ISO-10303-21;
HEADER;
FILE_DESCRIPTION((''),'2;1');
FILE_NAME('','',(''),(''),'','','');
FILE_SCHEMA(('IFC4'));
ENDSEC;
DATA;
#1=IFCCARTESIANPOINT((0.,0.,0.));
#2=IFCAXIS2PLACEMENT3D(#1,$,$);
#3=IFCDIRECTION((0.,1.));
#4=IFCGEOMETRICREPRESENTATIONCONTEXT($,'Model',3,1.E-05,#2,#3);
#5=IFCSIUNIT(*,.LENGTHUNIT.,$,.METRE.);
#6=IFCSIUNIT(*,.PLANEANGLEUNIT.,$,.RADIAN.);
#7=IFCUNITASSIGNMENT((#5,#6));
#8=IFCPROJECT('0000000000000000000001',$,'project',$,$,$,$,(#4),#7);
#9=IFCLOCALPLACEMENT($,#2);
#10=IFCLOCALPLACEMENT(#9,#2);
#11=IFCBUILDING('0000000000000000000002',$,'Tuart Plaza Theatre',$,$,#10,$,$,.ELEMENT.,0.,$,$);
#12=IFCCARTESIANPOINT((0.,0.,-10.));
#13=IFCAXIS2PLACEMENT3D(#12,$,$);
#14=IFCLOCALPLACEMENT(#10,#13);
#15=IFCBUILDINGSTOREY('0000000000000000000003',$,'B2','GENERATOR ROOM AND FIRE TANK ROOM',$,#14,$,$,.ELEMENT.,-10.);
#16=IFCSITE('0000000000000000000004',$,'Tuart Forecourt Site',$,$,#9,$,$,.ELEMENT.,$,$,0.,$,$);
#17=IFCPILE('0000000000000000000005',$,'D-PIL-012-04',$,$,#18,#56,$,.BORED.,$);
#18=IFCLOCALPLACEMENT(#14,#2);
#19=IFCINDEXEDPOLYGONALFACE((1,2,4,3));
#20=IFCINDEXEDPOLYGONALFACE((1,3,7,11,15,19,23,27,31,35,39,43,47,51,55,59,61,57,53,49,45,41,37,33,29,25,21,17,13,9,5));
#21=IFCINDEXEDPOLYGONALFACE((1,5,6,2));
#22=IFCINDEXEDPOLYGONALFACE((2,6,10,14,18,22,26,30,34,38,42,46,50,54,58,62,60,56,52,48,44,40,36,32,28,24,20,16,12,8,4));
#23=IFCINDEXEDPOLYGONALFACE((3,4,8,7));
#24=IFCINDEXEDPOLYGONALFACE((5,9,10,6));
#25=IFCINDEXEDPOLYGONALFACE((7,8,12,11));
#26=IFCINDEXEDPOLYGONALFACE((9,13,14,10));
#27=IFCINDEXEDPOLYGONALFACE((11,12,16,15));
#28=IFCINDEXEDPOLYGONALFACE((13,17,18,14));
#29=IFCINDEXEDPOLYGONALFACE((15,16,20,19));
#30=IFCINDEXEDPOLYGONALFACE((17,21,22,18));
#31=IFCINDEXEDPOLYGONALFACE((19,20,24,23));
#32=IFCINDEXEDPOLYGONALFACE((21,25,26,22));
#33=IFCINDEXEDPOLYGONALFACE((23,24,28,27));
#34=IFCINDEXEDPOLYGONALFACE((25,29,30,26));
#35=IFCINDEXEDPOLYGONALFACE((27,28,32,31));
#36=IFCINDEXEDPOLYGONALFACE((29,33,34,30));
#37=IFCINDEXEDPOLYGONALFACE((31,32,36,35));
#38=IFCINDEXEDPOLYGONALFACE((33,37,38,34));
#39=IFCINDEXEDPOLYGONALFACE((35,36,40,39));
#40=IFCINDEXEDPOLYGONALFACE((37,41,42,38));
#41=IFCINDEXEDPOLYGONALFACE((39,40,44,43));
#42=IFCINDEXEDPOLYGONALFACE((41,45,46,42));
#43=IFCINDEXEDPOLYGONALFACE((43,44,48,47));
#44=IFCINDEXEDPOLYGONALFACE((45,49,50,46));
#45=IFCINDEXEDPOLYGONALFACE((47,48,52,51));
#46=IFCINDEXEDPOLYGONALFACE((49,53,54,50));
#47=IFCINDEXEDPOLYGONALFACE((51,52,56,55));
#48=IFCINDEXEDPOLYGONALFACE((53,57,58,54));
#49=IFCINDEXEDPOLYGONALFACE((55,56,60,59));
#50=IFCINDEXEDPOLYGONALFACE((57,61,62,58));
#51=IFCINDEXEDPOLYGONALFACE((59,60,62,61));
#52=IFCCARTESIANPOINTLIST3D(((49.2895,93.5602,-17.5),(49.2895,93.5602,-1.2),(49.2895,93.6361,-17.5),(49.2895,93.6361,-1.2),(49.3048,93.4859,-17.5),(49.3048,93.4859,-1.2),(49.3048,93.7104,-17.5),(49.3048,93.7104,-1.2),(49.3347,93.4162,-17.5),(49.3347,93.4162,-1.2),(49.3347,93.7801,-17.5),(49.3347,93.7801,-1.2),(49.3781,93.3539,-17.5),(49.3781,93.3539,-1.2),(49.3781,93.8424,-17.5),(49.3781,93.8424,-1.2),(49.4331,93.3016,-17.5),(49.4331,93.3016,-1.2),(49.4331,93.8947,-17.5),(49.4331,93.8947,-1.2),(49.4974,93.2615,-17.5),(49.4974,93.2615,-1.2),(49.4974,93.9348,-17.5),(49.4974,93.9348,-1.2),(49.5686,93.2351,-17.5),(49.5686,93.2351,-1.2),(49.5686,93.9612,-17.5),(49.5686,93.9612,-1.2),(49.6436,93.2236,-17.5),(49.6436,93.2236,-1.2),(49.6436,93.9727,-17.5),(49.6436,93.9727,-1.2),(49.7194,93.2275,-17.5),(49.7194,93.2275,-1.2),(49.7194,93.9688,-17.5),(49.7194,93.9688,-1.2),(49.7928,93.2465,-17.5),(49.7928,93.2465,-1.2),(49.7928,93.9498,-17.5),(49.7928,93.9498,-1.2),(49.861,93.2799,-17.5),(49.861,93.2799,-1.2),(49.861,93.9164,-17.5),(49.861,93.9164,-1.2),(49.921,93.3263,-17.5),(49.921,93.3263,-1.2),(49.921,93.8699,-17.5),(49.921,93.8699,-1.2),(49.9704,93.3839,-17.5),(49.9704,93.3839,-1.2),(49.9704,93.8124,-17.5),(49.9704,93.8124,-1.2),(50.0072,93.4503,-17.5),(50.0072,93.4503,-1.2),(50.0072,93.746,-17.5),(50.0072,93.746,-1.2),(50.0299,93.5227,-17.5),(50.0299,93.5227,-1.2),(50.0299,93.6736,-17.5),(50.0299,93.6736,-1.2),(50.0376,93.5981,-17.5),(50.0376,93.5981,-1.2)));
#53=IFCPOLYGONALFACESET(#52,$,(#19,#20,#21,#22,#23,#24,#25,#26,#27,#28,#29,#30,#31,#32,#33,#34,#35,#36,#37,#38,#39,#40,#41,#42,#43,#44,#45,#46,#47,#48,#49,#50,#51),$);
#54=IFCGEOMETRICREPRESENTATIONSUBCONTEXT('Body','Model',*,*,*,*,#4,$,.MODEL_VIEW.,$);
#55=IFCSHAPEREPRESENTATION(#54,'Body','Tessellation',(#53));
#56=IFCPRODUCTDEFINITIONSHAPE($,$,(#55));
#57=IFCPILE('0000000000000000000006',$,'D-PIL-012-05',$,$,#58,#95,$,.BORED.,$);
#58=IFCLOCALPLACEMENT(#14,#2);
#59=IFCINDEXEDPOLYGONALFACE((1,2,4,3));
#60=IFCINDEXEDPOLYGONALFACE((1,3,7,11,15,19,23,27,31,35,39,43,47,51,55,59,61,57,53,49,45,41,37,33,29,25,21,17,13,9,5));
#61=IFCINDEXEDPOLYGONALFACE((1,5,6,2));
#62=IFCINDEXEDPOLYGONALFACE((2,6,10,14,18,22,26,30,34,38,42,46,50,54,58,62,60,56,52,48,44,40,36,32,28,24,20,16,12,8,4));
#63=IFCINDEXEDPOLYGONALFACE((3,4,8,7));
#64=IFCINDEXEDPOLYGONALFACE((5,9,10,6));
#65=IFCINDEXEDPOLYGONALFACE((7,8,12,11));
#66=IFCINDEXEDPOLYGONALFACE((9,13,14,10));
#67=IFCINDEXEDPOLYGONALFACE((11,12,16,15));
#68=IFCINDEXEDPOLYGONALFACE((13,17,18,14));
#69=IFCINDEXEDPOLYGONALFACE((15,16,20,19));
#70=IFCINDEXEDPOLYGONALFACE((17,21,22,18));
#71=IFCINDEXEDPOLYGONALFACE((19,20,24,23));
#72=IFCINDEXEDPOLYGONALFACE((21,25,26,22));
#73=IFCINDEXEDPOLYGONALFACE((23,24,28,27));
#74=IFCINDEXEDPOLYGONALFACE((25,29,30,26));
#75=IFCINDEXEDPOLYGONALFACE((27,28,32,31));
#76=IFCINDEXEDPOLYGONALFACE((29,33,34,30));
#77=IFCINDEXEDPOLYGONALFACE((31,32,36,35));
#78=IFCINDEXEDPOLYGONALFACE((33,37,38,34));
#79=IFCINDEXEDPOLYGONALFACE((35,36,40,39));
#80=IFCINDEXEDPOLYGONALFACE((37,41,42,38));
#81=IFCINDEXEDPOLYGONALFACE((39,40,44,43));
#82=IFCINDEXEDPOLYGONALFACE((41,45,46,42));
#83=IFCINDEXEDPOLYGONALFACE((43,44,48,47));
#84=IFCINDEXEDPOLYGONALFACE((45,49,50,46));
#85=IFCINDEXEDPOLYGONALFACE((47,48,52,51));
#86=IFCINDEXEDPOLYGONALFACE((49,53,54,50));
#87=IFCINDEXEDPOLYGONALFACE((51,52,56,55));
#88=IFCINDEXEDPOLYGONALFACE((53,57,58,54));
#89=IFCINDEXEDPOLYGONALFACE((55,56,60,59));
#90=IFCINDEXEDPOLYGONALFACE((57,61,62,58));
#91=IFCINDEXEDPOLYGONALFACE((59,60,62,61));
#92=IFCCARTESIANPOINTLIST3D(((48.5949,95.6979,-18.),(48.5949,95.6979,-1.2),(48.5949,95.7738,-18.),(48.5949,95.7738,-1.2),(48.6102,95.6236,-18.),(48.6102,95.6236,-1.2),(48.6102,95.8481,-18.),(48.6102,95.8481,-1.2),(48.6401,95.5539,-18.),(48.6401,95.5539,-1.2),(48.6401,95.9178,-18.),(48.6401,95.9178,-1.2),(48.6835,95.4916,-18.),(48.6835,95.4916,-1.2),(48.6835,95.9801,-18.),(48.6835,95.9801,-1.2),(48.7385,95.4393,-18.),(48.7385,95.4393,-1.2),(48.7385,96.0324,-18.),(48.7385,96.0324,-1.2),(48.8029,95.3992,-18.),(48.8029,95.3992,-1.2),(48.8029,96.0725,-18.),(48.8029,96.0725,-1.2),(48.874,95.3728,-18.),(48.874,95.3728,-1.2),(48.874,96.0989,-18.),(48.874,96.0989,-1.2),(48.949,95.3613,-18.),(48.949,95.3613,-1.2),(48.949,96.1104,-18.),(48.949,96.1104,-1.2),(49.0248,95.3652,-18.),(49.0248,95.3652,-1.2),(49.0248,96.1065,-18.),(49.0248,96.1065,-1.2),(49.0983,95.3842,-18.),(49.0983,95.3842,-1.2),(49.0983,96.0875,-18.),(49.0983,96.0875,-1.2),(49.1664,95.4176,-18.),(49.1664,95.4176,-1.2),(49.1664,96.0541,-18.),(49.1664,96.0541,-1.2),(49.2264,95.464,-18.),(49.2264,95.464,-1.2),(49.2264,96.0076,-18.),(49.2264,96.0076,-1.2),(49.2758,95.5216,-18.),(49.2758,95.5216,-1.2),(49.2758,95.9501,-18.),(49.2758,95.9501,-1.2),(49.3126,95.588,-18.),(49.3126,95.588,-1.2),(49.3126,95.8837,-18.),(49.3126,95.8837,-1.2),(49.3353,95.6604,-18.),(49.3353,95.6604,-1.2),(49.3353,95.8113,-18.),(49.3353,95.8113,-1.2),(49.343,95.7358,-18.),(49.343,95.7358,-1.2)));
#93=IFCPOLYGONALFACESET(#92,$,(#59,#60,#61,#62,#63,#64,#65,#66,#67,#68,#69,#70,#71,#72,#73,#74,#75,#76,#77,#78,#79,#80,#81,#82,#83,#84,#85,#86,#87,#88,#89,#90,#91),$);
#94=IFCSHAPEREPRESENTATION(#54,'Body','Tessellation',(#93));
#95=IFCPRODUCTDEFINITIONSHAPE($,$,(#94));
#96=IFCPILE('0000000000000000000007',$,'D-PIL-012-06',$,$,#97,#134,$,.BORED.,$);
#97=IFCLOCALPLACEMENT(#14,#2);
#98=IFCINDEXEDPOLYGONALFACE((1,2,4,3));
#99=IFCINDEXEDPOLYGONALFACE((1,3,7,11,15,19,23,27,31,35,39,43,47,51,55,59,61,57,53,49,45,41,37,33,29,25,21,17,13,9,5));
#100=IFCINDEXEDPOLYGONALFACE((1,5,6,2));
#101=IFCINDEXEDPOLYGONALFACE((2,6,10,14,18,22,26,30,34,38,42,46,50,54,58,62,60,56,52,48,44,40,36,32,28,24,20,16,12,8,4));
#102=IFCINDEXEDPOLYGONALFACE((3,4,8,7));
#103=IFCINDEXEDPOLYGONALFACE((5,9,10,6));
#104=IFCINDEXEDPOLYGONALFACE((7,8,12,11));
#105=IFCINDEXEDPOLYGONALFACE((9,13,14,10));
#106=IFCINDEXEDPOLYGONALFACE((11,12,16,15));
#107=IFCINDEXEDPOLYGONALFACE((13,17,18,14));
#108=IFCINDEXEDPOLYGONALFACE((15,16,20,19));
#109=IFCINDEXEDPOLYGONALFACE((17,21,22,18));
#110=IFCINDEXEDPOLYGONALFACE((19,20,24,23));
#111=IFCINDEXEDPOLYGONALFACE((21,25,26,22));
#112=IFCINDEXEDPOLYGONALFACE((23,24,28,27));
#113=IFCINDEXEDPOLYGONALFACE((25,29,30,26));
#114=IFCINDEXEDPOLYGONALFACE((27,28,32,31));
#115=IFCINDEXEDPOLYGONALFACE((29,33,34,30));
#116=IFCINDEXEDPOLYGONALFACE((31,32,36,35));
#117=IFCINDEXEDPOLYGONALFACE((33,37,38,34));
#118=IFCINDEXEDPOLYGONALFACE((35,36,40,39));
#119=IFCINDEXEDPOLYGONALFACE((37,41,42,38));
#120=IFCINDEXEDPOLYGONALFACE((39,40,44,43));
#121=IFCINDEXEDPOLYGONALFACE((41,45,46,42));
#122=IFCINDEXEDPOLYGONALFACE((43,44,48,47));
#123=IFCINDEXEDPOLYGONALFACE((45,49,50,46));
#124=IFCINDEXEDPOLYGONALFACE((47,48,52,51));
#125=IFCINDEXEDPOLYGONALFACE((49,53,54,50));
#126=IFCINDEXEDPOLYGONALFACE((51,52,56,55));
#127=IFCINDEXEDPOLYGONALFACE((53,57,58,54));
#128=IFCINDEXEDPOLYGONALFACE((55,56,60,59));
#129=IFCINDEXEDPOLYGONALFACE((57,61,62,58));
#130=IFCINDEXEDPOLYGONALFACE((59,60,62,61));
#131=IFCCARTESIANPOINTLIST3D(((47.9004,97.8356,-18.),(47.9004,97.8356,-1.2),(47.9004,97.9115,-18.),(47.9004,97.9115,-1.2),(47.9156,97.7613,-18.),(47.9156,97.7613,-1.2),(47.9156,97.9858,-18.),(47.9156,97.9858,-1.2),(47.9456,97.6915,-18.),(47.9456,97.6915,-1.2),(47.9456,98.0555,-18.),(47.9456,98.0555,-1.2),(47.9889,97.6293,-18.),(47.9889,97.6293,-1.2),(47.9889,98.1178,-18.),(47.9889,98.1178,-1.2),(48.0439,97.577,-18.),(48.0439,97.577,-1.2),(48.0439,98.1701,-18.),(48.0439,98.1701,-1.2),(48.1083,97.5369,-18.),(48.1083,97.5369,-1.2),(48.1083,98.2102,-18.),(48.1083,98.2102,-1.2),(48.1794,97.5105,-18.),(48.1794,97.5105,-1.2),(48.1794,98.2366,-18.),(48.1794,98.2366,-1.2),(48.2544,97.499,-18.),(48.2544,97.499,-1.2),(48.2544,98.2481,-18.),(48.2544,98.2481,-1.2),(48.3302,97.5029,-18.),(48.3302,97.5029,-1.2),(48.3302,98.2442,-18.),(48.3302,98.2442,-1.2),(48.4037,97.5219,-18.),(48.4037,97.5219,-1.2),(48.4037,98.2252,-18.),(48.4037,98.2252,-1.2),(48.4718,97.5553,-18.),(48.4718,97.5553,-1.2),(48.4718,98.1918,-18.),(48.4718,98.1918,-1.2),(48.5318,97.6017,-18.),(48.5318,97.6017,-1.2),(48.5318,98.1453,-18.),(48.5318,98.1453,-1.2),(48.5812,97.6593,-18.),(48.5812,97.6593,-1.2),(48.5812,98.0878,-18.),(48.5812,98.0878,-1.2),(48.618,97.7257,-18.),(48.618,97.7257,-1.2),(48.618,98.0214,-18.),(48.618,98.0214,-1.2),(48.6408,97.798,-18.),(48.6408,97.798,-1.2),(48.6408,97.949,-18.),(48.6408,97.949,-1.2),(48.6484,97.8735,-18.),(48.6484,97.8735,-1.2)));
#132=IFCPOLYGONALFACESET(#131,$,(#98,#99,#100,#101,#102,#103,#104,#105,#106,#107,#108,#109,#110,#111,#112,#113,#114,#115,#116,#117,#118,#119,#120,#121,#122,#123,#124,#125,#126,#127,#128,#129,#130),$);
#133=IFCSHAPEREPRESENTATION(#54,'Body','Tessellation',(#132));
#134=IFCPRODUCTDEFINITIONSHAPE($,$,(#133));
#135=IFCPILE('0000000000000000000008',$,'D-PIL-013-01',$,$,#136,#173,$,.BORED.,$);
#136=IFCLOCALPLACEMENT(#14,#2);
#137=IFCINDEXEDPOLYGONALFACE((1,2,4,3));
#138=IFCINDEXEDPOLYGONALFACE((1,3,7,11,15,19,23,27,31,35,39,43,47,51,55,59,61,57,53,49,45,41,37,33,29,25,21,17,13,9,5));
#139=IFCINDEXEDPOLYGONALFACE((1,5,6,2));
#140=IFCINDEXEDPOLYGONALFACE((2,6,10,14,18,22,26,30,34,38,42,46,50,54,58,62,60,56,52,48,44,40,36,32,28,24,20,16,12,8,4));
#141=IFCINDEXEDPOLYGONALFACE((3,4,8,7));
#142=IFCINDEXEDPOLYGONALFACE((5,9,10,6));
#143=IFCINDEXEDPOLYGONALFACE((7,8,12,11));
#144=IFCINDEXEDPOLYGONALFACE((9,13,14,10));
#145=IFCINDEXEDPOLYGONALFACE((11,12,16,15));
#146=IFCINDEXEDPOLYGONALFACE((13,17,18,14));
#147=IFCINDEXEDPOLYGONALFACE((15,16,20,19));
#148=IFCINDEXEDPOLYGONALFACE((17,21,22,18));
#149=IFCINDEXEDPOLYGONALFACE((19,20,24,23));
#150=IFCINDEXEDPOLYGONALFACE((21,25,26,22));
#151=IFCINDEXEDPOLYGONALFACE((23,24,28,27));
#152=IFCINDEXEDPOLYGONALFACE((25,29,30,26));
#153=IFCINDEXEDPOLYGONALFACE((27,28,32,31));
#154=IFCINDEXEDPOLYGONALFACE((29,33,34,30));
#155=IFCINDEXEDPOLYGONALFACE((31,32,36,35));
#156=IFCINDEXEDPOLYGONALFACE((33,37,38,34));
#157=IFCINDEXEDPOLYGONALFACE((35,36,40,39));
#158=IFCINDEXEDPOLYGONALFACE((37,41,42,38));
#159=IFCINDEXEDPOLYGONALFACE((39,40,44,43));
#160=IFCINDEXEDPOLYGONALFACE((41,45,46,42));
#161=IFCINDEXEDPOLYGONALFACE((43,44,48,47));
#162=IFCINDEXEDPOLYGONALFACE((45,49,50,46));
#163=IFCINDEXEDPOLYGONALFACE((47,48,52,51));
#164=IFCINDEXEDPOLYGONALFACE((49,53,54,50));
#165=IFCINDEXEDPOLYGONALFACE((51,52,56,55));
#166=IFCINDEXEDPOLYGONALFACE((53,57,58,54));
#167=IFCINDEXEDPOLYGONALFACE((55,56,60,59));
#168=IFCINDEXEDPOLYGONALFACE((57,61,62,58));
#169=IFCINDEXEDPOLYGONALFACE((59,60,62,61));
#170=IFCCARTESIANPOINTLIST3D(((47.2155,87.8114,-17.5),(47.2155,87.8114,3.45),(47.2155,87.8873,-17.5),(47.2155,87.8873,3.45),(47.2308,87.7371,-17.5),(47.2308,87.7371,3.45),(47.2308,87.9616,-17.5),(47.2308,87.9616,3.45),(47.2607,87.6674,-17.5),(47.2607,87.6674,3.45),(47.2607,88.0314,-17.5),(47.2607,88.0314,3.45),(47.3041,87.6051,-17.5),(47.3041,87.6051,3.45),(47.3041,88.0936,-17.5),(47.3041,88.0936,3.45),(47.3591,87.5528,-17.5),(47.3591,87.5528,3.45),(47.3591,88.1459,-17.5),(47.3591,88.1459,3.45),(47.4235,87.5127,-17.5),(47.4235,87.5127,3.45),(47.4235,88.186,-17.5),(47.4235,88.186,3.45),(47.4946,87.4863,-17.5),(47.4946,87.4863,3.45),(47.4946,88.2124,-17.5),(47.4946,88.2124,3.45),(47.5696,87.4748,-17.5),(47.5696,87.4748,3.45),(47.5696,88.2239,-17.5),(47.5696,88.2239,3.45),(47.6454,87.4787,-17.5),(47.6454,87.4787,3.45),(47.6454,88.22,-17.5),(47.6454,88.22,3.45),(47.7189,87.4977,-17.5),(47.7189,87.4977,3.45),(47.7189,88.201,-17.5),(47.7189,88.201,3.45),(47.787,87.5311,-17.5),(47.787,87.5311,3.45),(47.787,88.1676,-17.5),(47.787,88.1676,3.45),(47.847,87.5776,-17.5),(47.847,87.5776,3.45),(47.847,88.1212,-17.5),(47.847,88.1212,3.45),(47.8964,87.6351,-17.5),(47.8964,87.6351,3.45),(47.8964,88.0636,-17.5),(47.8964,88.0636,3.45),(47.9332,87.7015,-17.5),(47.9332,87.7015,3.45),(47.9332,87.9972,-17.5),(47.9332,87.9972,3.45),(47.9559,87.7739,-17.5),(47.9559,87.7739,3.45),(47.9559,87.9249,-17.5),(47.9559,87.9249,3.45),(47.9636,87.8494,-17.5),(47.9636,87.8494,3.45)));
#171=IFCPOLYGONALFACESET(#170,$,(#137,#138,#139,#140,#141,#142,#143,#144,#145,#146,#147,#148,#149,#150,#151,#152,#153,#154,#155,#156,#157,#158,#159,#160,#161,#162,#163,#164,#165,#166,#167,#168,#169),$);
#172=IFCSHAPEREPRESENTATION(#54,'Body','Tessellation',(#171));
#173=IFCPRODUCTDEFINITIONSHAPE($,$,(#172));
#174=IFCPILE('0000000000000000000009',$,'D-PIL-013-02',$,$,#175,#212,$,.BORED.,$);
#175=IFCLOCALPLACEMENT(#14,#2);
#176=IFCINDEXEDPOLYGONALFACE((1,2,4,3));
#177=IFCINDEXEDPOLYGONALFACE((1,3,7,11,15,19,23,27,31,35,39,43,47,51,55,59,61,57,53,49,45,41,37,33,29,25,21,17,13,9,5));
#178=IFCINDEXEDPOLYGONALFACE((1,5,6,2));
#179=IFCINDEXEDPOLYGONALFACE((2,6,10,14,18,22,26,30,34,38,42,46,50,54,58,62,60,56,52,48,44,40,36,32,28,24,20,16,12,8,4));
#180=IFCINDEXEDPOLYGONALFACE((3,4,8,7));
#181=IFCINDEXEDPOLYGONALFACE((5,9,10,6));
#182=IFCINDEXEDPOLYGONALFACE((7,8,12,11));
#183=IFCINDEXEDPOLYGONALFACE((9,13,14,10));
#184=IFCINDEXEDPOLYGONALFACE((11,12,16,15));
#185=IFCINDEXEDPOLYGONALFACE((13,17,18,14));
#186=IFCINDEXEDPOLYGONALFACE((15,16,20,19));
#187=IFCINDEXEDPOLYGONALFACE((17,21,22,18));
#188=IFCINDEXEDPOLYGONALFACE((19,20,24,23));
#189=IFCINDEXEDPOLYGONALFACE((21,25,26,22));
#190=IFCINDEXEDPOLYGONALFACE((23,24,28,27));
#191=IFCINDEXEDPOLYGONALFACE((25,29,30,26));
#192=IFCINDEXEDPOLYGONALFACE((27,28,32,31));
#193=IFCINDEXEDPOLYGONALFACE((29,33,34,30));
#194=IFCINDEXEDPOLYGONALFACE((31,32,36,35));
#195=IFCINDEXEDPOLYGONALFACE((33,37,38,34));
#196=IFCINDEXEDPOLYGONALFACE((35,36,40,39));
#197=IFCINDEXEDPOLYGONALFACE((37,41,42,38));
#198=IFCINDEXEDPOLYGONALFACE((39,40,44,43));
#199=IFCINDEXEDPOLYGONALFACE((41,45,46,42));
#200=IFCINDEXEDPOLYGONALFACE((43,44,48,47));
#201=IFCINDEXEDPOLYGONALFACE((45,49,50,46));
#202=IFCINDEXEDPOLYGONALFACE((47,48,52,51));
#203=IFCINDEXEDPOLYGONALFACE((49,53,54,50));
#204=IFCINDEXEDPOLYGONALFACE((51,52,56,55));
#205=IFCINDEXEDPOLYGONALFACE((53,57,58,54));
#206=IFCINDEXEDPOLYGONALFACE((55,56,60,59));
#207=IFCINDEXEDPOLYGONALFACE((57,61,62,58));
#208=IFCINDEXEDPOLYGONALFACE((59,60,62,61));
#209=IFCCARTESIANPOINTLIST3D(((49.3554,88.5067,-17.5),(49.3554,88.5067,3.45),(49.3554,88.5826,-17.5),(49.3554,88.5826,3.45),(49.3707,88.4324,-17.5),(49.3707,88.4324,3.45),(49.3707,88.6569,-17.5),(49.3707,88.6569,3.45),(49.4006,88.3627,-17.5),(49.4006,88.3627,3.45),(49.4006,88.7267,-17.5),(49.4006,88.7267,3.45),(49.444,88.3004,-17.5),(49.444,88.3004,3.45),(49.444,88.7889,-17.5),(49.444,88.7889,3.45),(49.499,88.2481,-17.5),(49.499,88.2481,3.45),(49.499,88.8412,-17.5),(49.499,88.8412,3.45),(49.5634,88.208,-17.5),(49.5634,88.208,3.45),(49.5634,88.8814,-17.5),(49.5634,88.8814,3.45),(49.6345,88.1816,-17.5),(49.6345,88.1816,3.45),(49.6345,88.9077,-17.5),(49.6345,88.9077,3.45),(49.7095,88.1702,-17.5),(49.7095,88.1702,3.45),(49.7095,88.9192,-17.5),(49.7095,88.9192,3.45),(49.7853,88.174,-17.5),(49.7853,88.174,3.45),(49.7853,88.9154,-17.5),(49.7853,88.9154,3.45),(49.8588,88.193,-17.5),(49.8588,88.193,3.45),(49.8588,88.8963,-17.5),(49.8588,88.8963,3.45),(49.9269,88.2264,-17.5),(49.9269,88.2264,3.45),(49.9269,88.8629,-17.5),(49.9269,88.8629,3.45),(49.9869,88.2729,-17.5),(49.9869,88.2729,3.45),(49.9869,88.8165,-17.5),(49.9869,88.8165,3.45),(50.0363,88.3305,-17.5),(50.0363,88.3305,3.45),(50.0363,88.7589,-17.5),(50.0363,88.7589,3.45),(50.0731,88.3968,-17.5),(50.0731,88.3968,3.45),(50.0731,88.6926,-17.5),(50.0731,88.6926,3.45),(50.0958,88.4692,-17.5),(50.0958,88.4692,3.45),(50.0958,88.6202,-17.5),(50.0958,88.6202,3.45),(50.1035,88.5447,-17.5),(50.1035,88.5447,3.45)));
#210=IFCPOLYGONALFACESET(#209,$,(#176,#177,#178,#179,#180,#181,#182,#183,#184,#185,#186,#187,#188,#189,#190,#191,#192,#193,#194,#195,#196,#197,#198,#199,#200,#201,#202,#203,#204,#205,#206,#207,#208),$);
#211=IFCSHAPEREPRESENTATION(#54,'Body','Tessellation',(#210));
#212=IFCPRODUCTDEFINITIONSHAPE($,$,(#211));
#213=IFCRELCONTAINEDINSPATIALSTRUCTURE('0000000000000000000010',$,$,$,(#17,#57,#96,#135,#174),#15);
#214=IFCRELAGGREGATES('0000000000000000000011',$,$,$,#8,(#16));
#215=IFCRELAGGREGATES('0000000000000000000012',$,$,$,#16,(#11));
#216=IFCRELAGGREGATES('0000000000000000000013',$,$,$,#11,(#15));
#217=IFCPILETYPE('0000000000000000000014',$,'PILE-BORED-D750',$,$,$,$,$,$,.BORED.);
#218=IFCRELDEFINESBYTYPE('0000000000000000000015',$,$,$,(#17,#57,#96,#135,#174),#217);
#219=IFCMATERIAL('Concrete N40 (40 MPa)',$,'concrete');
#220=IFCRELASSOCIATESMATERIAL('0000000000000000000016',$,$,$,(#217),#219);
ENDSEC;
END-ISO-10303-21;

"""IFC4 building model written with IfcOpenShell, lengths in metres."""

from ifc_helpers import new_model, si_unit, direction, frame, origin, origin_2d, place, context, subcontext, project, spatial, circle, extrude, material, material_profile, profile_set, type_object, element, save


model = new_model("IFC4")

# Units and contexts
model_context = context("Model", 3, precision=1e-05, world=origin(), true_north=direction((0.0, 1.0)))
body_context = subcontext(model_context, "Body", "Model", "MODEL_VIEW")
ifc_project = project(units=[si_unit("LENGTHUNIT", "METRE"), si_unit("PLANEANGLEUNIT", "RADIAN")], contexts=[model_context])

# Site, building, storey
site_placement = place(None, origin())
site = spatial("IfcSite", under=ifc_project, at=site_placement, Name="Tuart Forecourt Site", CompositionType="ELEMENT", RefElevation=0.0)
building_placement = place(site_placement, origin())
building = spatial("IfcBuilding", under=site, at=building_placement, Name="Tuart Plaza Theatre", CompositionType="ELEMENT", ElevationOfRefHeight=0.0)
storey_placement = place(building_placement, frame((0.0, 0.0, -10.0)))
storey = spatial("IfcBuildingStorey", under=building, at=storey_placement, Name="B2", Description="GENERATOR ROOM AND FIRE TANK ROOM", CompositionType="ELEMENT", Elevation=-10.0)

# Piles
ifc_material_1 = material(Name="Concrete N40 (40 MPa)", Category="concrete")
ifc_material_profile_1 = material_profile(ifc_material_1, circle(Radius=0.375, at=origin_2d()), Name="PILE-BORED-D750")
ifc_profile_set_1 = profile_set([ifc_material_profile_1], Name="Concrete N40 (40 MPa)")
pile_type_1 = type_object("IfcPileType", Name="PILE-BORED-D750", PredefinedType="BORED", material=ifc_profile_set_1)
pile_1_placement = place(storey_placement, frame((49.6626, 93.5981, -1.2), z_axis=(0.0, 0.0, -1.0), x_axis=(1.0, 0.0, 0.0)))
element("IfcPile", 1, at=pile_1_placement, inside=storey, type_object=pile_type_1, Name="D-PIL-012-04", PredefinedType="BORED", context=body_context, shape_type="SweptSolid", body=[
    extrude(circle(Radius=0.375, at=origin_2d()), origin(), (0.0, 0.0, 1.0), 16.3),
])
for number, where, z_axis, x_axis, name in (
    (2, (48.968, 95.7358, -1.2), (0.0, 0.0, -1.0), (1.0, 0.0, 0.0), "D-PIL-012-05"),
    (3, (48.2734, 97.8735, -1.2), (0.0, 0.0, -1.0), (1.0, 0.0, 0.0), "D-PIL-012-06"),
):
    element("IfcPile", number, at=place(storey_placement, frame(where, z_axis=z_axis, x_axis=x_axis)), inside=storey, type_object=pile_type_1, Name=name, PredefinedType="BORED", context=body_context, shape_type="SweptSolid", body=[
        extrude(circle(Radius=0.375, at=origin_2d()), origin(), (0.0, 0.0, 1.0), 16.8),
    ])
for number, where, z_axis, x_axis, name in (
    (4, (47.5886, 87.8494, 3.45), (0.0, 0.0, -1.0), (1.0, 0.0, 0.0), "D-PIL-013-01"),
    (5, (49.7285, 88.5447, 3.45), (0.0, 0.0, -1.0), (1.0, 0.0, 0.0), "D-PIL-013-02"),
):
    element("IfcPile", number, at=place(storey_placement, frame(where, z_axis=z_axis, x_axis=x_axis)), inside=storey, type_object=pile_type_1, Name=name, PredefinedType="BORED", context=body_context, shape_type="SweptSolid", body=[
        extrude(circle(Radius=0.375, at=origin_2d()), origin(), (0.0, 0.0, 1.0), 20.95),
    ])

save(model, "model.ifc")
